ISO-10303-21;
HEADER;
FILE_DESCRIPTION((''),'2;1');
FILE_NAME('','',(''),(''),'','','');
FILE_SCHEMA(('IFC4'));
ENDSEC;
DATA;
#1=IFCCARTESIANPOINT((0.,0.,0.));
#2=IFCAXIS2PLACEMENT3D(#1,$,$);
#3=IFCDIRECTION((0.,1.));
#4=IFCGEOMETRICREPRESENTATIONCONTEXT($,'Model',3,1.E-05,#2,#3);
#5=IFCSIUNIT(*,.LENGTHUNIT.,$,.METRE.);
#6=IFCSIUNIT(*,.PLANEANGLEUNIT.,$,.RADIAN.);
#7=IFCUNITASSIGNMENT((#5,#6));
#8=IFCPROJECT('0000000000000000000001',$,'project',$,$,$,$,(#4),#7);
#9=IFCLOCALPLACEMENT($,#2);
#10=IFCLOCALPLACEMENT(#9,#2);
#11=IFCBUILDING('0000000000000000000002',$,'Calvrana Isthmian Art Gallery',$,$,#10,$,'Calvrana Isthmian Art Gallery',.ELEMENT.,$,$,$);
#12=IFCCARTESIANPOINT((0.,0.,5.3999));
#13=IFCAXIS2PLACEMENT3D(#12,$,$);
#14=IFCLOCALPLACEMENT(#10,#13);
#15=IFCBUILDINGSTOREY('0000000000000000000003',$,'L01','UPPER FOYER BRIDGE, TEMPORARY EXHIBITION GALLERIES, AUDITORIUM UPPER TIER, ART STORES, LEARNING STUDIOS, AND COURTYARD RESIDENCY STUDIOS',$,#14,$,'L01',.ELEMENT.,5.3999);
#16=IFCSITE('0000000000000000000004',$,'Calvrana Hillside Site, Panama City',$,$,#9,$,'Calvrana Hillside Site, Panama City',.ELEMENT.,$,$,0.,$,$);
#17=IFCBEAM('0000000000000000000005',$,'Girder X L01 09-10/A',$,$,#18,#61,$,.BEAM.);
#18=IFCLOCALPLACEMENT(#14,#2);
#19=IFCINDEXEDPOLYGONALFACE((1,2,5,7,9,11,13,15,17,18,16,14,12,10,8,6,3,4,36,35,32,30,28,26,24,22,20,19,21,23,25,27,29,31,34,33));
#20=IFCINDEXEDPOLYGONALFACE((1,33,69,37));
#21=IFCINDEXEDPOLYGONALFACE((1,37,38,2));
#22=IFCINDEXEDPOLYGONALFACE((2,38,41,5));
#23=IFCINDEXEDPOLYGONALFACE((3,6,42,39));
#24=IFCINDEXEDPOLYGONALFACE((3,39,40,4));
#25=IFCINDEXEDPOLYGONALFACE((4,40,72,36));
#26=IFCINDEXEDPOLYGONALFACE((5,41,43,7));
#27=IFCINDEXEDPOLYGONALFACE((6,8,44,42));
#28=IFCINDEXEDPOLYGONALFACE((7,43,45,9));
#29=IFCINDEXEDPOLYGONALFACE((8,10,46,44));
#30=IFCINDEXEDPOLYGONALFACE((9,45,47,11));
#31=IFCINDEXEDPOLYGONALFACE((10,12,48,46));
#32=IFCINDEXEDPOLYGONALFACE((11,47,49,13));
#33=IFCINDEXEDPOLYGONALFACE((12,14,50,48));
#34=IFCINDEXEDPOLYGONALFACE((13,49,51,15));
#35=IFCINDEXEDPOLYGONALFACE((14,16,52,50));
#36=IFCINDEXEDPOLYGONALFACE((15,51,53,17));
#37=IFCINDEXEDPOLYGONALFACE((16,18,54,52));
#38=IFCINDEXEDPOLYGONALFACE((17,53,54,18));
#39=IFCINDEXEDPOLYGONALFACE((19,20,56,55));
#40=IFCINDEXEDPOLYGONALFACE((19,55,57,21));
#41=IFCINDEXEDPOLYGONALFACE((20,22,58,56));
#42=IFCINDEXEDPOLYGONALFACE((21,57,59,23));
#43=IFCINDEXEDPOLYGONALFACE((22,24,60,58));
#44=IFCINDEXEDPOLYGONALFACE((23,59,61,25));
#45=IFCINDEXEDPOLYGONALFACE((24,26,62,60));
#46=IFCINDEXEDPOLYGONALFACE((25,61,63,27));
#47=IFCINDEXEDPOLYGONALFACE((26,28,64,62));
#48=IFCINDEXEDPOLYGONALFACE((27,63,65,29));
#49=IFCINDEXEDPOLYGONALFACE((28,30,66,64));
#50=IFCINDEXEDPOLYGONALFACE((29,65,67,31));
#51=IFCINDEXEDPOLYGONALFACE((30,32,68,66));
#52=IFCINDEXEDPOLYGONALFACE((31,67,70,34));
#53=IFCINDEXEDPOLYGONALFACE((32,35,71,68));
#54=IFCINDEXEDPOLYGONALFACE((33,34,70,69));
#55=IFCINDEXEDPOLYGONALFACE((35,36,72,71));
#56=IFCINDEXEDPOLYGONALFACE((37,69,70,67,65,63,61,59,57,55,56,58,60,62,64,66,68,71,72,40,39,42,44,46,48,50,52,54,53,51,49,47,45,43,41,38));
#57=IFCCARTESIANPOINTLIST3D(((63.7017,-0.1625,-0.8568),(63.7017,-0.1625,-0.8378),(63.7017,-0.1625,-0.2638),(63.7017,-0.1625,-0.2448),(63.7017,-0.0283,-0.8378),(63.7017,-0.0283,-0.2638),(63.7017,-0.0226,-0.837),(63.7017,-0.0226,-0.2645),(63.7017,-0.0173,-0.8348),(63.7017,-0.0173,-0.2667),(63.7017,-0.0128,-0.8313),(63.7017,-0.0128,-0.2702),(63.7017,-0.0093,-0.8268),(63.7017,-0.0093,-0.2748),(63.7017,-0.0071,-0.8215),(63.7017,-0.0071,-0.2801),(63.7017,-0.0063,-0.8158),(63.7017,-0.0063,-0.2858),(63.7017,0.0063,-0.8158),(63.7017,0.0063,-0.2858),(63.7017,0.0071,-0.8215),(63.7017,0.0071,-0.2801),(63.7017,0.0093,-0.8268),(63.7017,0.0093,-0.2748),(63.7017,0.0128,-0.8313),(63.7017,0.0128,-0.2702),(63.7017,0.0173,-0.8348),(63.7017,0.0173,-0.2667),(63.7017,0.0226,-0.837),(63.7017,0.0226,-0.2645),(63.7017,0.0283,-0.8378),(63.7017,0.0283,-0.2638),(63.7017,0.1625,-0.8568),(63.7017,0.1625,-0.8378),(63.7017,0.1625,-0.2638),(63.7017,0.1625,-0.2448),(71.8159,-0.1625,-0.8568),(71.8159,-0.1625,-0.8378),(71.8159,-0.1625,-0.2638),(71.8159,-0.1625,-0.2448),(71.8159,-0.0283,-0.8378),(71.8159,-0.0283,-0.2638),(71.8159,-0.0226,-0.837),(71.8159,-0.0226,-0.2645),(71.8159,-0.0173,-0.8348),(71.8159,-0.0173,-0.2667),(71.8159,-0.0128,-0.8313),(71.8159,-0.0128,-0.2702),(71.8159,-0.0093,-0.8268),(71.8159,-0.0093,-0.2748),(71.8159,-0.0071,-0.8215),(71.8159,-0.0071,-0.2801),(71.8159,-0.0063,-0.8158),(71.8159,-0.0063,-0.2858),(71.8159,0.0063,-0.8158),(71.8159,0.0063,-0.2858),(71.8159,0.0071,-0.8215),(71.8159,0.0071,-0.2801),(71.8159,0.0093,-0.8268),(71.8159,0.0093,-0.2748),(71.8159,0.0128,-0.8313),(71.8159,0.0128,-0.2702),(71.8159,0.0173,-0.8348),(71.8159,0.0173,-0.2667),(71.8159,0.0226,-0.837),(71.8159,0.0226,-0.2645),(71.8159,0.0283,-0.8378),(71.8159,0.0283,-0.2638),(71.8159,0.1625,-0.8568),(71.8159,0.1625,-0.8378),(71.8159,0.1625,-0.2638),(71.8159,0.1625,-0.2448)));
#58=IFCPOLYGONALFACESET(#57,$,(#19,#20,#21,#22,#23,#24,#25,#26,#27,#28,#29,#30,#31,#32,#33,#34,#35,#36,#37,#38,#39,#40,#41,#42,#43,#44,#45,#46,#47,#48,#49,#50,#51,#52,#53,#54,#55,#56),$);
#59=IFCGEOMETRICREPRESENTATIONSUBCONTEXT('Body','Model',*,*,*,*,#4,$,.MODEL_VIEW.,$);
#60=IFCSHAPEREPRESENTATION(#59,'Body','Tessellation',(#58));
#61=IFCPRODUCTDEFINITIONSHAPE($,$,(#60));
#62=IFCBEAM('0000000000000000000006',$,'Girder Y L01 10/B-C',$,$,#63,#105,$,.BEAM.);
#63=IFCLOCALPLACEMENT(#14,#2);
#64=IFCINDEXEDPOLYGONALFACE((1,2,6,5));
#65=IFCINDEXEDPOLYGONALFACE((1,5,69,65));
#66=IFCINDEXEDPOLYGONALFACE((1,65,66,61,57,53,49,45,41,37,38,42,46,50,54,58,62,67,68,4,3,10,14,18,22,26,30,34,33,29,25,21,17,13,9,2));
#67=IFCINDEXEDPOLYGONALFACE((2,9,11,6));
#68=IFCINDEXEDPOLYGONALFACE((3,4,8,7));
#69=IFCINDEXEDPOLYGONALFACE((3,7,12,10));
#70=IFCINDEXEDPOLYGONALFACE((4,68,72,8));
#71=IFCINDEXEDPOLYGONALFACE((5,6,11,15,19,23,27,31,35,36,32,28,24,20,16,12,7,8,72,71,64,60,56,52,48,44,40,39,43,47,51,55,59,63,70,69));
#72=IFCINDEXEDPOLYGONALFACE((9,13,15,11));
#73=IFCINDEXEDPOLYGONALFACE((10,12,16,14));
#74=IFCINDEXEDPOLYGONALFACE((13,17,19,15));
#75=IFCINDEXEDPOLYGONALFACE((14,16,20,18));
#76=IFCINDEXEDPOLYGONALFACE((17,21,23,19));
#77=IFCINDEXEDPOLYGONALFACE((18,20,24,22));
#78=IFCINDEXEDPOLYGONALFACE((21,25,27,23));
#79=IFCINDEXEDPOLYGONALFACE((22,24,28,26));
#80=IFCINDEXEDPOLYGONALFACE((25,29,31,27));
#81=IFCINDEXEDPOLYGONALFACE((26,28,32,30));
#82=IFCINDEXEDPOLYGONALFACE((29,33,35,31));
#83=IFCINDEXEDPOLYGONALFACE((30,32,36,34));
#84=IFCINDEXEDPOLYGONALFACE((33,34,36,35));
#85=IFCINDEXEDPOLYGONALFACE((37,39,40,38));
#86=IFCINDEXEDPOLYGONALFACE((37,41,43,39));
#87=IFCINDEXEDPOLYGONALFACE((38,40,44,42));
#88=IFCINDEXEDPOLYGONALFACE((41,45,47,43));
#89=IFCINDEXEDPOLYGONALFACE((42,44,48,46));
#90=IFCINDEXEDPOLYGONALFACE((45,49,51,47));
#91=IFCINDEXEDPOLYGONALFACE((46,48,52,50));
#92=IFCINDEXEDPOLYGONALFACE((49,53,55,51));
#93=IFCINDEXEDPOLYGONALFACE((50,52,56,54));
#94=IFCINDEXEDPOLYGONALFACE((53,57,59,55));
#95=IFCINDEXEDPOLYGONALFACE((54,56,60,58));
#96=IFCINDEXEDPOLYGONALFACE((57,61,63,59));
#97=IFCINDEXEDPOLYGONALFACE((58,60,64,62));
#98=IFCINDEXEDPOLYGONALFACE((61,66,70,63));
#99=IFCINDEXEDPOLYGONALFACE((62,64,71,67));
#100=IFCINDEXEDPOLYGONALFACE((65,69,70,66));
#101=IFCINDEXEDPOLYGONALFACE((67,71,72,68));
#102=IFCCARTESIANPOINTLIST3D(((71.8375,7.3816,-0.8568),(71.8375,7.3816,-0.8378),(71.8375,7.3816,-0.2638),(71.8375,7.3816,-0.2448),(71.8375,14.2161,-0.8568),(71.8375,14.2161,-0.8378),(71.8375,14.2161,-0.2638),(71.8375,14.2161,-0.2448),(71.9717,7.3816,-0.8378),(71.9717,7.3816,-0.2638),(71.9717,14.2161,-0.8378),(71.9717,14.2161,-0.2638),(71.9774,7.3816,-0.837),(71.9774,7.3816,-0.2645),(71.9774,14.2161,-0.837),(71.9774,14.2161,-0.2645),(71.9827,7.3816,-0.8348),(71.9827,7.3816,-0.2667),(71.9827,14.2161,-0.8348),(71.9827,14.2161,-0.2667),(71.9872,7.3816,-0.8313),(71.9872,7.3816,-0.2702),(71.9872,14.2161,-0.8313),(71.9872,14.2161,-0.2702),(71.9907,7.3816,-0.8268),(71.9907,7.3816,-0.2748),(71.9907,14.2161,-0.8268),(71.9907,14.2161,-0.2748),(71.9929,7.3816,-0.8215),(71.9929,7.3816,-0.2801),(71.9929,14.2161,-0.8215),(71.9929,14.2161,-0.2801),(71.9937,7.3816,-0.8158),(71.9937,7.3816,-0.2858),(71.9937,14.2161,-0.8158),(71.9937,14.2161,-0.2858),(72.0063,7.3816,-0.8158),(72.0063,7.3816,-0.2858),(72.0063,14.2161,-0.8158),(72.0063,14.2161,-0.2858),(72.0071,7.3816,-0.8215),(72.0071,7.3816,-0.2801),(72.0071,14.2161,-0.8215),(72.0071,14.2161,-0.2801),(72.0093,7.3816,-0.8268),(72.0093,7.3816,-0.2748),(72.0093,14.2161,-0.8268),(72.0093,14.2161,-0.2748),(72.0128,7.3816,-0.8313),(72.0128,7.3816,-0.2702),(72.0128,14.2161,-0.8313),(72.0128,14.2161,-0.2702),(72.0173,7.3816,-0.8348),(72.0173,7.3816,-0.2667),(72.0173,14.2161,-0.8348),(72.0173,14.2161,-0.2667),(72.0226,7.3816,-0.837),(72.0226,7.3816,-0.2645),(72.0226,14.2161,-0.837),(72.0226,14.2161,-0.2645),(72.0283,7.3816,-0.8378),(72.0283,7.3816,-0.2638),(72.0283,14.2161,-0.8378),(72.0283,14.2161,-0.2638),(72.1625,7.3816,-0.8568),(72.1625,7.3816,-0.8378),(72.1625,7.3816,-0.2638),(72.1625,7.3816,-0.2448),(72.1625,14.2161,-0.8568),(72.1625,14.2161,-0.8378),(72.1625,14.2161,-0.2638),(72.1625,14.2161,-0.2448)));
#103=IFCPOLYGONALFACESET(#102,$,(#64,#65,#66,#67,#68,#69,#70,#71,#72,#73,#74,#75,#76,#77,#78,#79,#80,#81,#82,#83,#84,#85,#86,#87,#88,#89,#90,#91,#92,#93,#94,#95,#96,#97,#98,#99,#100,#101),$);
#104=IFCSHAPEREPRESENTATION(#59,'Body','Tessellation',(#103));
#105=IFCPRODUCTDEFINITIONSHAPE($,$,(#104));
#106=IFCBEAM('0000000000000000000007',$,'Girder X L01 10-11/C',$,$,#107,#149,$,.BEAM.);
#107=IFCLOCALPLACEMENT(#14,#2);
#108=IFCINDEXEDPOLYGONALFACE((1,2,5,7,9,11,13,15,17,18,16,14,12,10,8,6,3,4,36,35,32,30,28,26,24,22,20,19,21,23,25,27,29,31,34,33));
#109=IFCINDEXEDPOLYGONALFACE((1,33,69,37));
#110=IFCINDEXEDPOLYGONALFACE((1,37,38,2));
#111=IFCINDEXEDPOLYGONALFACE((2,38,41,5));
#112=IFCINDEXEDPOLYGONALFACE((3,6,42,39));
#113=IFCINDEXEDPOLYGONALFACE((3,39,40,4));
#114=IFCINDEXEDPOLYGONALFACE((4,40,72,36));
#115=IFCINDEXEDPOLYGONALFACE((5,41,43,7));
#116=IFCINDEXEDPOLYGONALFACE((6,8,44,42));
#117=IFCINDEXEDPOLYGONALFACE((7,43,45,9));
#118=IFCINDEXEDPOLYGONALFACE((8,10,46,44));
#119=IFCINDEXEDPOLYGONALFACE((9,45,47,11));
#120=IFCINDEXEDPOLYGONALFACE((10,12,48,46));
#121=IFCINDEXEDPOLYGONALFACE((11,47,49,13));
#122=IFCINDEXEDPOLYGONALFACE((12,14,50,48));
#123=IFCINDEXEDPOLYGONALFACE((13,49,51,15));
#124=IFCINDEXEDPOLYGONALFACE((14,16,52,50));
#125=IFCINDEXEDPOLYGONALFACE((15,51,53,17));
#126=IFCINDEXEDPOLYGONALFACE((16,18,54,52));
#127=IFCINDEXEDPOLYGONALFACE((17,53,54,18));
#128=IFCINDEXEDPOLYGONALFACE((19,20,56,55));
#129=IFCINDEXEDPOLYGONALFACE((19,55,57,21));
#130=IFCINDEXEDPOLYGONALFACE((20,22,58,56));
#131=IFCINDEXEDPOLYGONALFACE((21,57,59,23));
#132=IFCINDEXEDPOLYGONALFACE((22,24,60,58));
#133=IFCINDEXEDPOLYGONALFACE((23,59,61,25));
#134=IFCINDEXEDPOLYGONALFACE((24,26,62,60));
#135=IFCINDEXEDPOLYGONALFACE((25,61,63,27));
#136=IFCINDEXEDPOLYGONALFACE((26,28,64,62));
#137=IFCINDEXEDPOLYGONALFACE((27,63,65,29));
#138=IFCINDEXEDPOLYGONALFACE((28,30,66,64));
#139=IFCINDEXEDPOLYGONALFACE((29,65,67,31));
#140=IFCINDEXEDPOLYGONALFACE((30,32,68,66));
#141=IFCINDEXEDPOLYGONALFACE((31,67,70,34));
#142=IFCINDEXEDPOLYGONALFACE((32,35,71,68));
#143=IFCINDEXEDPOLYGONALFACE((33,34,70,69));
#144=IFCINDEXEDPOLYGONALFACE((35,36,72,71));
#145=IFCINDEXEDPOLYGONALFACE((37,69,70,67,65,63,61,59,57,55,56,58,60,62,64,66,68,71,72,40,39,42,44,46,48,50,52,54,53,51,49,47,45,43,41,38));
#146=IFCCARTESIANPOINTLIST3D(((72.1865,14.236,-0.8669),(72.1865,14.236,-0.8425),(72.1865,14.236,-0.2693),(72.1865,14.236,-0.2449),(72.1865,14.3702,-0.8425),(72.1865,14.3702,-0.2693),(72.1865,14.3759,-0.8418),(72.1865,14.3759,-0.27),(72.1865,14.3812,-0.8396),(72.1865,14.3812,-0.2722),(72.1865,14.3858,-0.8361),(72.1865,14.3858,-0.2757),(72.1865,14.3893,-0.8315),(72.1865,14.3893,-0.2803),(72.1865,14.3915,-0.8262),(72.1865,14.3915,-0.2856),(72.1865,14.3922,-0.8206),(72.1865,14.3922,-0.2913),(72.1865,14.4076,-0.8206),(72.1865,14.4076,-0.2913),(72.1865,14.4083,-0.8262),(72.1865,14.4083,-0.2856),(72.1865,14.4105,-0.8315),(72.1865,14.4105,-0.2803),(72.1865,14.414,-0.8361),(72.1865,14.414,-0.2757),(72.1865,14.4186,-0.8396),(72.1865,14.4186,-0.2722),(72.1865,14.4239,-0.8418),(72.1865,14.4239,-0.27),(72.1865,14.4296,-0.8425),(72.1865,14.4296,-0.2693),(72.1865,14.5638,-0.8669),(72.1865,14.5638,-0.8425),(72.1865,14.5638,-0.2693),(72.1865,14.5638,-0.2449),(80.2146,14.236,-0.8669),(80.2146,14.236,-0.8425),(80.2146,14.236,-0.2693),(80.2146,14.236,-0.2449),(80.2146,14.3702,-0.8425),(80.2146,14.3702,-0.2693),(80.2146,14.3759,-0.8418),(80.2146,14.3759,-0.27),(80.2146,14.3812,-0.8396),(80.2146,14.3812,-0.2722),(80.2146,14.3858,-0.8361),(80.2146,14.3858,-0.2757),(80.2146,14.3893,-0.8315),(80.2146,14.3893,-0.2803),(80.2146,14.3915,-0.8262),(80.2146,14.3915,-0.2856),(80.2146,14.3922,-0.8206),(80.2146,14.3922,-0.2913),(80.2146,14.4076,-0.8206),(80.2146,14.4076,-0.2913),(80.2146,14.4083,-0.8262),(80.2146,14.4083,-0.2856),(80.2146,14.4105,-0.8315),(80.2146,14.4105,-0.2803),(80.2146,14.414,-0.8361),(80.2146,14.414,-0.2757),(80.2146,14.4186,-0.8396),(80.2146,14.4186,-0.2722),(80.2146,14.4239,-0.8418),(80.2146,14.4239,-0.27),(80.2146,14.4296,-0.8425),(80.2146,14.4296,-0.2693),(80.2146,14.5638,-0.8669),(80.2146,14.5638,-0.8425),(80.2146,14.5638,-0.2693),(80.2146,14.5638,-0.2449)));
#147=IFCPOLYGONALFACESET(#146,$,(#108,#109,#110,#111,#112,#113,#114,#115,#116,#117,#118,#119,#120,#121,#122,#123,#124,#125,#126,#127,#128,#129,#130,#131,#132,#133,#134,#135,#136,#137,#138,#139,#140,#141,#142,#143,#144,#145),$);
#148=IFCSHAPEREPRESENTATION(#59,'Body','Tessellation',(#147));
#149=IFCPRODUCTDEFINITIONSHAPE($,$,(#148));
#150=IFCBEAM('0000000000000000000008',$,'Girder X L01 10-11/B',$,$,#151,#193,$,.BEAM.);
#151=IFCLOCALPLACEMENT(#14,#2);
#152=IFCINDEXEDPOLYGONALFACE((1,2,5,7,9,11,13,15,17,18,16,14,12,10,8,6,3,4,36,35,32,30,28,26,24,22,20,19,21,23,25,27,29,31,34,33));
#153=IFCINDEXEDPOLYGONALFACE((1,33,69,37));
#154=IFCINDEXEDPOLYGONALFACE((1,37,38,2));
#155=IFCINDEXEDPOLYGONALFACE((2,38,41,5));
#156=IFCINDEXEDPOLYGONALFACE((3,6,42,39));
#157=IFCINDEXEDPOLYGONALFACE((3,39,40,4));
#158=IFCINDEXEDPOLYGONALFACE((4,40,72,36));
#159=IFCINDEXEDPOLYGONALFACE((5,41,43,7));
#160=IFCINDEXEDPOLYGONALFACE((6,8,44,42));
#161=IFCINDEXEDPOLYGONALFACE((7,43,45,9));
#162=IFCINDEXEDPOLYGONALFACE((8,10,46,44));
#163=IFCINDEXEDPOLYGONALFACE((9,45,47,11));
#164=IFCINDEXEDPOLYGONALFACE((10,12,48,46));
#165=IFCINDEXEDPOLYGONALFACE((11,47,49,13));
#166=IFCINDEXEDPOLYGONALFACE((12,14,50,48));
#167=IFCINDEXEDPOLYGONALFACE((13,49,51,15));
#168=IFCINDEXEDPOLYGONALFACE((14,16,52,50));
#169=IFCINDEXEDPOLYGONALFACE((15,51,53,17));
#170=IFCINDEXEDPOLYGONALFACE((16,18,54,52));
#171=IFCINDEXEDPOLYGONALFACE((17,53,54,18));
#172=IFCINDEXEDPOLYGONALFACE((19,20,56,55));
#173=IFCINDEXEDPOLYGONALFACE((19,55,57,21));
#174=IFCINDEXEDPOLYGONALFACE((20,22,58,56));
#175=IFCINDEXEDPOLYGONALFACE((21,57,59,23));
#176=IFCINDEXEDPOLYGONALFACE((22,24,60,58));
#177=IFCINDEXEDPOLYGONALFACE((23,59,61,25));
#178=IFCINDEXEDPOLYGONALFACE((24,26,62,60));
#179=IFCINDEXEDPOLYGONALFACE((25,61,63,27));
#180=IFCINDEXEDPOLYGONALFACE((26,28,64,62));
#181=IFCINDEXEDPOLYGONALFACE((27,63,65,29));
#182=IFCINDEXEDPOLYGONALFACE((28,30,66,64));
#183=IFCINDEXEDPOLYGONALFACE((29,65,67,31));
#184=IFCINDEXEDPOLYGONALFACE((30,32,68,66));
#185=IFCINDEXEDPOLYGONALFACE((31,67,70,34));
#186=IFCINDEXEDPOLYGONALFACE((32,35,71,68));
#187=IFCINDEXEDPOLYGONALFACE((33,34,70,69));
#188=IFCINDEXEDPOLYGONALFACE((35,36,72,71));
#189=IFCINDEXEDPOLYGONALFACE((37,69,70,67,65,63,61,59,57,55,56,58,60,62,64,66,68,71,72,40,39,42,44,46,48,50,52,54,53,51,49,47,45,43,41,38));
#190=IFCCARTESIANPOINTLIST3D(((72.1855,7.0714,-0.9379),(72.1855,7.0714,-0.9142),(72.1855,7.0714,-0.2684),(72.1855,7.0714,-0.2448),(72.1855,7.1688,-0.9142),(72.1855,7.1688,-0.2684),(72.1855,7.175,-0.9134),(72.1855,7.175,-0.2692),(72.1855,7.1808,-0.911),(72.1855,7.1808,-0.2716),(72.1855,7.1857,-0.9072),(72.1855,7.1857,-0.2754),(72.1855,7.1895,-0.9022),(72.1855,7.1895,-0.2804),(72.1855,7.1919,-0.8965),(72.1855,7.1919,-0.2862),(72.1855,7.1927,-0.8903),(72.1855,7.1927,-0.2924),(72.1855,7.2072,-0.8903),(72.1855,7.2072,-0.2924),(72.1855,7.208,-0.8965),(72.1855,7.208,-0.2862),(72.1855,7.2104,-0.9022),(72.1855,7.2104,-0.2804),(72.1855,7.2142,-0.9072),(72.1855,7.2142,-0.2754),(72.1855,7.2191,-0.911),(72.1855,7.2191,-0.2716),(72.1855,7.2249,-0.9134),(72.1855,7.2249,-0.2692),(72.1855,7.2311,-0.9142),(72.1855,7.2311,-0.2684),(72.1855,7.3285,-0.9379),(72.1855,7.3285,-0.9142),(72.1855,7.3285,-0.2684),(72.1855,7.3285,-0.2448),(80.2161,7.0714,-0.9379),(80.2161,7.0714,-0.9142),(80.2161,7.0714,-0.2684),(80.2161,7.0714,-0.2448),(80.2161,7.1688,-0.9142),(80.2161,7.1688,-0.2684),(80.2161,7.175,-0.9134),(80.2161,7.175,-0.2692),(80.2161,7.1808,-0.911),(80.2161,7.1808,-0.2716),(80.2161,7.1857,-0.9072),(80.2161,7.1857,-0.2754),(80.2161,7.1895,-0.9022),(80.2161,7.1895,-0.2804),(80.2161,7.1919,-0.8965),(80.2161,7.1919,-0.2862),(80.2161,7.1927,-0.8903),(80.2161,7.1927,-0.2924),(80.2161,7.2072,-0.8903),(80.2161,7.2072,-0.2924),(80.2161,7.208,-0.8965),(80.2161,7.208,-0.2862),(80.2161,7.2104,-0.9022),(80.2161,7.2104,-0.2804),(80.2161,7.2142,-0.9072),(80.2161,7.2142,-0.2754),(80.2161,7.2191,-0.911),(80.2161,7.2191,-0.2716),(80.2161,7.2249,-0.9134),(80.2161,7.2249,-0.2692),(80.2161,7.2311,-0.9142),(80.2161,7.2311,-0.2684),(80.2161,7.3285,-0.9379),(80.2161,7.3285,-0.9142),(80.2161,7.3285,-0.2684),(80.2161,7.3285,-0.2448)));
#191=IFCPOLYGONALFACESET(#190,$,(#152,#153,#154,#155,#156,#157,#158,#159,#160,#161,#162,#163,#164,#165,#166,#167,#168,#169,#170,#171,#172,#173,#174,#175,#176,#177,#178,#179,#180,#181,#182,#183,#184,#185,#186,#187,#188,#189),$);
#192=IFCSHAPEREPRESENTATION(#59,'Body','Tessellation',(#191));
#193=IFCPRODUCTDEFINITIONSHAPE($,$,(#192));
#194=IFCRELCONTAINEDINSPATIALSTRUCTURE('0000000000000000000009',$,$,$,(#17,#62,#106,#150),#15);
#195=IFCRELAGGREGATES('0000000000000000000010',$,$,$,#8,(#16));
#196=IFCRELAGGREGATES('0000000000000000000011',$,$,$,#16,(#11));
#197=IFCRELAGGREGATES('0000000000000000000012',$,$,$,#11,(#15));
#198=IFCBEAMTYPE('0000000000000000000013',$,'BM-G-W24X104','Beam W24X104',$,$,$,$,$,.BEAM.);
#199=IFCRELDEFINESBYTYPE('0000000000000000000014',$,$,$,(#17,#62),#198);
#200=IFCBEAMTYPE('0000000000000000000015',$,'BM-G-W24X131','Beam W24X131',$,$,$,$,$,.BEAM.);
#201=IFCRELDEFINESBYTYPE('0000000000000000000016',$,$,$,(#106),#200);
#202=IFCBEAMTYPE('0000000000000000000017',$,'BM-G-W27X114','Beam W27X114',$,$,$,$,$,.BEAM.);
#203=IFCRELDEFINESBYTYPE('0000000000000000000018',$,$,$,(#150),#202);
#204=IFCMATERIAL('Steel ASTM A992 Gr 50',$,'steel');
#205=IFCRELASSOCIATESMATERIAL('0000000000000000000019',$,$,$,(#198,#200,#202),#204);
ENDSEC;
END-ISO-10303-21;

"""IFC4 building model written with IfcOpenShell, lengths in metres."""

from ifc_helpers import new_model, si_unit, direction, frame, origin, origin_2d, place, context, subcontext, project, spatial, i_section, extrude, material, material_profile, profile_set, type_object, element, save


model = new_model("IFC4")

# Units and contexts
model_context = context("Model", 3, precision=1e-05, world=origin(), true_north=direction((0.0, 1.0)))
body_context = subcontext(model_context, "Body", "Model", "MODEL_VIEW")
ifc_project = project(units=[si_unit("LENGTHUNIT", "METRE"), si_unit("PLANEANGLEUNIT", "RADIAN")], contexts=[model_context])

# Site, building, storey
site_placement = place(None, origin())
site = spatial("IfcSite", under=ifc_project, at=site_placement, Name="Calvrana Hillside Site, Panama City", LongName="Calvrana Hillside Site, Panama City", CompositionType="ELEMENT", RefElevation=0.0)
building_placement = place(site_placement, origin())
building = spatial("IfcBuilding", under=site, at=building_placement, Name="Calvrana Isthmian Art Gallery", LongName="Calvrana Isthmian Art Gallery", CompositionType="ELEMENT")
storey_placement = place(building_placement, frame((0.0, 0.0, 5.3999)))
storey = spatial("IfcBuildingStorey", under=building, at=storey_placement, Name="L01", Description="UPPER FOYER BRIDGE, TEMPORARY EXHIBITION GALLERIES, AUDITORIUM UPPER TIER, ART STORES, LEARNING STUDIOS, AND COURTYARD RESIDENCY STUDIOS", LongName="L01", CompositionType="ELEMENT", Elevation=5.3999)

# Beams
ifc_material_1 = material(Name="Steel ASTM A992 Gr 50", Category="steel")
ifc_material_profile_1 = material_profile(ifc_material_1, i_section(OverallWidth=0.325, OverallDepth=0.6121, WebThickness=0.0127, FlangeThickness=0.019, FilletRadius=0.022, at=origin_2d()), Name="W24X104")
ifc_profile_set_1 = profile_set([ifc_material_profile_1], Name="Steel ASTM A992 Gr 50")
beam_type_1 = type_object("IfcBeamType", Name="BM-G-W24X104", Description="Beam W24X104", PredefinedType="BEAM", material=ifc_profile_set_1)
beam_1_placement = place(storey_placement, frame((63.7017, 0.0, -0.5508), z_axis=(1.0, 0.0, 0.0), x_axis=(0.0, 1.0, 0.0)))
element("IfcBeam", 1, at=beam_1_placement, inside=storey, type_object=beam_type_1, Name="Girder X L01 09-10/A", PredefinedType="BEAM", context=body_context, shape_type="SweptSolid", body=[
    extrude(i_section(OverallWidth=0.325, OverallDepth=0.6121, WebThickness=0.0127, FlangeThickness=0.019, FilletRadius=0.022, at=origin_2d()), origin(), (0.0, 0.0, 1.0), 8.1143),
])
beam_2_placement = place(storey_placement, frame((72.0, 7.3816, -0.5508), z_axis=(0.0, 1.0, 0.0), x_axis=(-1.0, 0.0, 0.0)))
element("IfcBeam", 2, at=beam_2_placement, inside=storey, type_object=beam_type_1, Name="Girder Y L01 10/B-C", PredefinedType="BEAM", context=body_context, shape_type="SweptSolid", body=[
    extrude(i_section(OverallWidth=0.325, OverallDepth=0.6121, WebThickness=0.0127, FlangeThickness=0.019, FilletRadius=0.022, at=origin_2d()), origin(), (0.0, 0.0, 1.0), 6.8345),
])
ifc_material_profile_2 = material_profile(ifc_material_1, i_section(OverallWidth=0.3279, OverallDepth=0.6221, WebThickness=0.0154, FlangeThickness=0.0244, FilletRadius=0.022, at=origin_2d()), Name="W24X131")
ifc_profile_set_2 = profile_set([ifc_material_profile_2], Name="Steel ASTM A992 Gr 50")
beam_type_2 = type_object("IfcBeamType", Name="BM-G-W24X131", Description="Beam W24X131", PredefinedType="BEAM", material=ifc_profile_set_2)
beam_3_placement = place(storey_placement, frame((72.1865, 14.3999, -0.5559), z_axis=(1.0, 0.0, 0.0), x_axis=(0.0, 1.0, 0.0)))
element("IfcBeam", 3, at=beam_3_placement, inside=storey, type_object=beam_type_2, Name="Girder X L01 10-11/C", PredefinedType="BEAM", context=body_context, shape_type="SweptSolid", body=[
    extrude(i_section(OverallWidth=0.3279, OverallDepth=0.6221, WebThickness=0.0154, FlangeThickness=0.0244, FilletRadius=0.022, at=origin_2d()), origin(), (0.0, 0.0, 1.0), 8.0281),
])
ifc_material_profile_3 = material_profile(ifc_material_1, i_section(OverallWidth=0.2571, OverallDepth=0.6931, WebThickness=0.0144, FlangeThickness=0.0237, FilletRadius=0.0239, at=origin_2d()), Name="W27X114")
ifc_profile_set_3 = profile_set([ifc_material_profile_3], Name="Steel ASTM A992 Gr 50")
beam_type_3 = type_object("IfcBeamType", Name="BM-G-W27X114", Description="Beam W27X114", PredefinedType="BEAM", material=ifc_profile_set_3)
beam_4_placement = place(storey_placement, frame((72.1855, 7.2, -0.5913), z_axis=(1.0, 0.0, 0.0), x_axis=(0.0, 1.0, 0.0)))
element("IfcBeam", 4, at=beam_4_placement, inside=storey, type_object=beam_type_3, Name="Girder X L01 10-11/B", PredefinedType="BEAM", context=body_context, shape_type="SweptSolid", body=[
    extrude(i_section(OverallWidth=0.2571, OverallDepth=0.6931, WebThickness=0.0144, FlangeThickness=0.0237, FilletRadius=0.0239, at=origin_2d()), origin(), (0.0, 0.0, 1.0), 8.0305),
])

save(model, "model.ifc")
